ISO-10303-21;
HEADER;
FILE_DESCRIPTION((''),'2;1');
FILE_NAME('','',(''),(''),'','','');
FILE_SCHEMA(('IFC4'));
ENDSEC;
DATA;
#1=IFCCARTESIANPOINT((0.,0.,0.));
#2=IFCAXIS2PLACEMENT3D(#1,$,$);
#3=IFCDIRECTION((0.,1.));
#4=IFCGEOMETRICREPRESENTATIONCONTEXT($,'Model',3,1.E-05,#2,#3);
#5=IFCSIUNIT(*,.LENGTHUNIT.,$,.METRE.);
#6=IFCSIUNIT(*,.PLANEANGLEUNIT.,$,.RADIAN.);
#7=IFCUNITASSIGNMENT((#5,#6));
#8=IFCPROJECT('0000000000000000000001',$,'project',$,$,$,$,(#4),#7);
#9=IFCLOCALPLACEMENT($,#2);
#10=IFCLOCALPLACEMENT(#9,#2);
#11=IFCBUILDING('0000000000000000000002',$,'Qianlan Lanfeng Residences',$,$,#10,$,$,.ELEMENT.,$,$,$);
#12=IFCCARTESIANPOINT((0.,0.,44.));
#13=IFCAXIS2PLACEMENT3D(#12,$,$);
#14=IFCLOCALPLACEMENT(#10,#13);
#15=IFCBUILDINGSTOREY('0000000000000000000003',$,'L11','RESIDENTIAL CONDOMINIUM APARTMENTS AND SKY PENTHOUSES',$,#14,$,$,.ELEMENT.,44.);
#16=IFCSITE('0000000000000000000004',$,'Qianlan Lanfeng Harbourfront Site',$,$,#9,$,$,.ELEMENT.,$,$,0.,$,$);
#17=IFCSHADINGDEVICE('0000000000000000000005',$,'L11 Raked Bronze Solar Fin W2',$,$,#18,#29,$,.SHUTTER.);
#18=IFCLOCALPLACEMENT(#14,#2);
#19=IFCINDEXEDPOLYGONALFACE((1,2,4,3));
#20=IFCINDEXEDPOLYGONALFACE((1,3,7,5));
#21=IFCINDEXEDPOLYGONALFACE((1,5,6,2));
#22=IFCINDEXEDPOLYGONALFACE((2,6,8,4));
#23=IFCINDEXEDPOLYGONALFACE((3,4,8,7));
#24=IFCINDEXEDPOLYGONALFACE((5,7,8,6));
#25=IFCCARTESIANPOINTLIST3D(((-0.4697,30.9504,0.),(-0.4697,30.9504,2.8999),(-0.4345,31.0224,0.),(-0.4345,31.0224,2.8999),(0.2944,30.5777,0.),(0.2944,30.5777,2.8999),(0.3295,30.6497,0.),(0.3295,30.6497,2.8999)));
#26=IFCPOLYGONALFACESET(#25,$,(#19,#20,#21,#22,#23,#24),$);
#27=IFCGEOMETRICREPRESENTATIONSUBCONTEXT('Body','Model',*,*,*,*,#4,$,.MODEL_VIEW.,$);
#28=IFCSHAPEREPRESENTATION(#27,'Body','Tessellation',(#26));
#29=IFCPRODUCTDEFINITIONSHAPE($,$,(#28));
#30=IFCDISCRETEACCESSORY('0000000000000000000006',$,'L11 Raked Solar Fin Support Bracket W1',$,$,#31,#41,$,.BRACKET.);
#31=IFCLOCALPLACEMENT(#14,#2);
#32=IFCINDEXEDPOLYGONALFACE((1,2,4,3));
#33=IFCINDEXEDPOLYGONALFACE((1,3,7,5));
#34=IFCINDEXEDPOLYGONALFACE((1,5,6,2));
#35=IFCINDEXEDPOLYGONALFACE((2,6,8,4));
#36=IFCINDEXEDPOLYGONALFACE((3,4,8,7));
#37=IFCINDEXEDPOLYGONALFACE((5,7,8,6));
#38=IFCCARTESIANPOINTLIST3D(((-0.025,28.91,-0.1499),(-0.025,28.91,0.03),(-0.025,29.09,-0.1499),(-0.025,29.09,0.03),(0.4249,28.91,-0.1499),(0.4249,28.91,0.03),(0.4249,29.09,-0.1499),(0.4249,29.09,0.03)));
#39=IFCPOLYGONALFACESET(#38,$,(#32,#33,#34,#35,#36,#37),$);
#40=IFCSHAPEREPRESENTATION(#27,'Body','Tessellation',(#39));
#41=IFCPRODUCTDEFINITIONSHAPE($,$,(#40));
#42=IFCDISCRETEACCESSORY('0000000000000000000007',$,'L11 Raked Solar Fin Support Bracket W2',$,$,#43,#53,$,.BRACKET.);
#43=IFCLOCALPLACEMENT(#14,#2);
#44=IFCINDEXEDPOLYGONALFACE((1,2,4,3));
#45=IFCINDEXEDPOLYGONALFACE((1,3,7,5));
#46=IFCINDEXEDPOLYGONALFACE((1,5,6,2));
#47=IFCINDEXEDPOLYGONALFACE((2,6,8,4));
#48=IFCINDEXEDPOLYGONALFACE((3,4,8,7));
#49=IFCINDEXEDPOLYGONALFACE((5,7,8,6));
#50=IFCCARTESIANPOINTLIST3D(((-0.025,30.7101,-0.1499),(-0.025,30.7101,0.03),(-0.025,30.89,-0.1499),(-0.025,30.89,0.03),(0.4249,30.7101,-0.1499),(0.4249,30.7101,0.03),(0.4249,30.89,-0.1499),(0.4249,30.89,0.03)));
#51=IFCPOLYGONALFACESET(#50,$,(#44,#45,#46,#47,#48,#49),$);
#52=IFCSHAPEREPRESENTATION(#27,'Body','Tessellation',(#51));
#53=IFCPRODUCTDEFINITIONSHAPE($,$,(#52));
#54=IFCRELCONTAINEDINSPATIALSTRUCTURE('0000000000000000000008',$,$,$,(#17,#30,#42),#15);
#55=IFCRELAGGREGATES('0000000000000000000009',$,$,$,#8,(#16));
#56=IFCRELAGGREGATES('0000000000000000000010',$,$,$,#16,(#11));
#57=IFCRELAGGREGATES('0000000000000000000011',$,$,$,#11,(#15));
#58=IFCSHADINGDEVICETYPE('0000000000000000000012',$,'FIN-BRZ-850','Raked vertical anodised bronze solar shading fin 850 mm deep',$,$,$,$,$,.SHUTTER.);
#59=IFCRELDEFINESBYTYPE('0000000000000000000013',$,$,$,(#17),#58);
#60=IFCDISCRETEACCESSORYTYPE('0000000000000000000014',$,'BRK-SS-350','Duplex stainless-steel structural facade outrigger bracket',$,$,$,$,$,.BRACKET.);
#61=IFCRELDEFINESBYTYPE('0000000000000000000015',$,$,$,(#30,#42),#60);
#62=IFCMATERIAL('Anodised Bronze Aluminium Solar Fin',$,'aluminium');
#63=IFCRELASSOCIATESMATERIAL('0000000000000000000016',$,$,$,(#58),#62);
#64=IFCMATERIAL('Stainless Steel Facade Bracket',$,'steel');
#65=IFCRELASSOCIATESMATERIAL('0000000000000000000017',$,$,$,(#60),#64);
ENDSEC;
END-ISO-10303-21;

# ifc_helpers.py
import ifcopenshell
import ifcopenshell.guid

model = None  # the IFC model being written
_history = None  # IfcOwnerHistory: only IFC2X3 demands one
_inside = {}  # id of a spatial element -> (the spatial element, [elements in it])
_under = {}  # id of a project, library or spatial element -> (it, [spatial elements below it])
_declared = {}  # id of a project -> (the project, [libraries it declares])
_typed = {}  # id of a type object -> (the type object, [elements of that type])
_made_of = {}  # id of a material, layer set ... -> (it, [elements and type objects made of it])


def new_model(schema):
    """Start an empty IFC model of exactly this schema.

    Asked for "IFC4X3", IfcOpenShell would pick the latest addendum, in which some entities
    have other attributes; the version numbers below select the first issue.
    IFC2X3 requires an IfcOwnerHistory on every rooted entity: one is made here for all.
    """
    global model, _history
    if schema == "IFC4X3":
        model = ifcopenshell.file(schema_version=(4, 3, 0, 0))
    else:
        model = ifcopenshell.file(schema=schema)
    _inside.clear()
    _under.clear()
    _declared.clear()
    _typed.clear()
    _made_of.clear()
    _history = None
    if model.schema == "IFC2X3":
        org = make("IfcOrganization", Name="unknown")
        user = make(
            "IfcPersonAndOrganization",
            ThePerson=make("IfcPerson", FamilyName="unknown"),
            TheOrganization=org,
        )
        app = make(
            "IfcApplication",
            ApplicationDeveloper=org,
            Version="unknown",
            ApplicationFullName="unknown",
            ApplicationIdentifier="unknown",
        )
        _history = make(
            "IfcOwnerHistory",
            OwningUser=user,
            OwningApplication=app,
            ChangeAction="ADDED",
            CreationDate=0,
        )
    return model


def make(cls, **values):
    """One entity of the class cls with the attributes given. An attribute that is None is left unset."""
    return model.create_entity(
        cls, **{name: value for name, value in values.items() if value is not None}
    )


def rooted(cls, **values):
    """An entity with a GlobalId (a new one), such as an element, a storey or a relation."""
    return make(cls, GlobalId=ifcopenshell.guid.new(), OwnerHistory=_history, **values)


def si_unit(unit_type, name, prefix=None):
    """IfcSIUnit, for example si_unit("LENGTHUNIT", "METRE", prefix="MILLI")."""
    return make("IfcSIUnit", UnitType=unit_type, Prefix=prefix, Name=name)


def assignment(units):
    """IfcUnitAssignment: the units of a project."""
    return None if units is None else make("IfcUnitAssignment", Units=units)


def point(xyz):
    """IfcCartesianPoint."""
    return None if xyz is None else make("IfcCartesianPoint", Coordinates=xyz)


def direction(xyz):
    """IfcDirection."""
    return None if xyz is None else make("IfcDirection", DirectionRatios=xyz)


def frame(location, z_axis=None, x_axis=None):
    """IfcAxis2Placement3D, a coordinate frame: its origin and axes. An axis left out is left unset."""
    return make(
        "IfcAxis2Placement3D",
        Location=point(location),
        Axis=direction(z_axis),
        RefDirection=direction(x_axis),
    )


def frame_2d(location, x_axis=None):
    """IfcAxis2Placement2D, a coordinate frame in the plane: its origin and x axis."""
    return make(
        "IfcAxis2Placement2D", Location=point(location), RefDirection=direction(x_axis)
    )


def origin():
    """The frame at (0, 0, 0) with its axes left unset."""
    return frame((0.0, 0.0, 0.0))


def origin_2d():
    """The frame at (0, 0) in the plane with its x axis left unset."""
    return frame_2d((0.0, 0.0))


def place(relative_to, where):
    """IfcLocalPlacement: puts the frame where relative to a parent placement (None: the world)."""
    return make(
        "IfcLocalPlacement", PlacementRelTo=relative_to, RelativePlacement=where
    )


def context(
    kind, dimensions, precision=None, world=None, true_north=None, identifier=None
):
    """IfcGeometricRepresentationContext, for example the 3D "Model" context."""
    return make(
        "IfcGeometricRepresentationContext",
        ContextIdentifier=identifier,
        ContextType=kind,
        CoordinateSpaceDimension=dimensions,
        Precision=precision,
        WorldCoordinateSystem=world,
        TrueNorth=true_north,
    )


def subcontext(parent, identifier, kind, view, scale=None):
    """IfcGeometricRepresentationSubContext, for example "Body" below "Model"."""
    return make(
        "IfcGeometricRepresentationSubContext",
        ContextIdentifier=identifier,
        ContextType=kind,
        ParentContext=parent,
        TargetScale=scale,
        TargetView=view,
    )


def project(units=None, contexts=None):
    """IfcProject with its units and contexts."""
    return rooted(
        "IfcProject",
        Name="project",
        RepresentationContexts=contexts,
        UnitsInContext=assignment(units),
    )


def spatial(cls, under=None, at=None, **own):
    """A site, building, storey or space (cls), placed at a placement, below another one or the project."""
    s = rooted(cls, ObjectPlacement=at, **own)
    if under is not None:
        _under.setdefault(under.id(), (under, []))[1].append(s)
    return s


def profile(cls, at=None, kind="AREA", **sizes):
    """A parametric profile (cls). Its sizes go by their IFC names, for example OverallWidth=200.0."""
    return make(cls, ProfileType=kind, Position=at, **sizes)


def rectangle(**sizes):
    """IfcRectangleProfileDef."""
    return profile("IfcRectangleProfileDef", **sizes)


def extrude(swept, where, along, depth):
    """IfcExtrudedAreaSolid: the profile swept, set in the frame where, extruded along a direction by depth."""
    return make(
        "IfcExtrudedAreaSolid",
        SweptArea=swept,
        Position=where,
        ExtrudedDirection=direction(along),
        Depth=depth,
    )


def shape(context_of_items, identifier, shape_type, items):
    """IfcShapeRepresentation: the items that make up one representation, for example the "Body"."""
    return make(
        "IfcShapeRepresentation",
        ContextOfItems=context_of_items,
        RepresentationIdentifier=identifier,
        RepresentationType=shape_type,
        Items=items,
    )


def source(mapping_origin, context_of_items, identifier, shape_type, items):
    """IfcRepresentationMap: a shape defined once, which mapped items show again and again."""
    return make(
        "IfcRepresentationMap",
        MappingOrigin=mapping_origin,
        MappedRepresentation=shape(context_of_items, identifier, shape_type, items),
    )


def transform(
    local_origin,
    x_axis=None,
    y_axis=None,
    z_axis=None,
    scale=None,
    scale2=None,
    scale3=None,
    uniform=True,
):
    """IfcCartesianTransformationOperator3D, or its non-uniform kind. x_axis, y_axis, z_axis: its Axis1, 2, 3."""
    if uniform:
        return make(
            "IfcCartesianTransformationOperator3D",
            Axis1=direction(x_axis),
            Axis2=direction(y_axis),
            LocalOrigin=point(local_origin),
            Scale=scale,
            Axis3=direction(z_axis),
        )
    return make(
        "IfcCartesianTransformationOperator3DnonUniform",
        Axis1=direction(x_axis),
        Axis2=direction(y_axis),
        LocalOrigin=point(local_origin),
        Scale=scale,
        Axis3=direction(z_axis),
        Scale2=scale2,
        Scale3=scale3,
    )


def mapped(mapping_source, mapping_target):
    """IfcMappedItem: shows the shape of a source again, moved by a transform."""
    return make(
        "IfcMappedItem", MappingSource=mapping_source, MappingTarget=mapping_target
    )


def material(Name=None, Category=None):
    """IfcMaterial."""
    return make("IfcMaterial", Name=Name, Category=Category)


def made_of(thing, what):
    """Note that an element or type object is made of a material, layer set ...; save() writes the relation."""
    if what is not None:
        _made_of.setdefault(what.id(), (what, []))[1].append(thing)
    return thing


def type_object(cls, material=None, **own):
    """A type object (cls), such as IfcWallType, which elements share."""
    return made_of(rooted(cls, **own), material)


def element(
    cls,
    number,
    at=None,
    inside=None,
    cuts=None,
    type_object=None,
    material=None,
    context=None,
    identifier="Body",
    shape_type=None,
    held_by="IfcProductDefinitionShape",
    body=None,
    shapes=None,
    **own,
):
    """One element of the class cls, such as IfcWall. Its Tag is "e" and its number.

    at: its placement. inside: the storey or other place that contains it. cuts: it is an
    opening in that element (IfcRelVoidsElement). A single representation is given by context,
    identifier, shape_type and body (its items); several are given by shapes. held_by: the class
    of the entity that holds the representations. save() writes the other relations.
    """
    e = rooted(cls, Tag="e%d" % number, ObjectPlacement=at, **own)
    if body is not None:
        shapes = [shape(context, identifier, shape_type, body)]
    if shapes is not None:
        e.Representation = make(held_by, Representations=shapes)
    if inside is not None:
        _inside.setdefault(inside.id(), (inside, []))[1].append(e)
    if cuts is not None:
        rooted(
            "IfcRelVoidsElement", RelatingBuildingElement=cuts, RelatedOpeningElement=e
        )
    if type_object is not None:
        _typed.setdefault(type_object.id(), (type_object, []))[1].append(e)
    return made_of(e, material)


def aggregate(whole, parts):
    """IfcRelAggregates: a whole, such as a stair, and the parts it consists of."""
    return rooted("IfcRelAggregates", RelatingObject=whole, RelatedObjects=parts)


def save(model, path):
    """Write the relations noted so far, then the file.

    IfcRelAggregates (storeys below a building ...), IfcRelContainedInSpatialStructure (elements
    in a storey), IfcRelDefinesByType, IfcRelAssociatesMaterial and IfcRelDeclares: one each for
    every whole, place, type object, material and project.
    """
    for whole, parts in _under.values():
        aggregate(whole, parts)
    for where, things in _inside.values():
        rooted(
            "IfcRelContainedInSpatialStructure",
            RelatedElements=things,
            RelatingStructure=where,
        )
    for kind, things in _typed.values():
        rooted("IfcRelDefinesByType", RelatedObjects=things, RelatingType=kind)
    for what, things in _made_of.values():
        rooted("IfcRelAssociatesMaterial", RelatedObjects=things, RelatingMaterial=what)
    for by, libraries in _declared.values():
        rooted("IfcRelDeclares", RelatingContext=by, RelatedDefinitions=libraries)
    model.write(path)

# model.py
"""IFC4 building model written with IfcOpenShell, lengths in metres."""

from ifc_helpers import new_model, si_unit, direction, frame, origin, origin_2d, place, context, subcontext, project, spatial, rectangle, extrude, source, transform, mapped, material, type_object, element, save


model = new_model("IFC4")

# Units and contexts
model_context = context("Model", 3, precision=1e-05, world=origin(), true_north=direction((0.0, 1.0)))
body_context = subcontext(model_context, "Body", "Model", "MODEL_VIEW")
ifc_project = project(units=[si_unit("LENGTHUNIT", "METRE"), si_unit("PLANEANGLEUNIT", "RADIAN")], contexts=[model_context])

# Site, building, storey
site_placement = place(None, origin())
site = spatial("IfcSite", under=ifc_project, at=site_placement, Name="Qianlan Lanfeng Harbourfront Site", CompositionType="ELEMENT", RefElevation=0.0)
building_placement = place(site_placement, origin())
building = spatial("IfcBuilding", under=site, at=building_placement, Name="Qianlan Lanfeng Residences", CompositionType="ELEMENT")
storey_placement = place(building_placement, frame((0.0, 0.0, 44.0)))
storey = spatial("IfcBuildingStorey", under=building, at=storey_placement, Name="L11", Description="RESIDENTIAL CONDOMINIUM APARTMENTS AND SKY PENTHOUSES", CompositionType="ELEMENT", Elevation=44.0)

# Shading device
ifc_material_1 = material(Name="Anodised Bronze Aluminium Solar Fin", Category="aluminium")
shading_device_type = type_object("IfcShadingDeviceType", Name="FIN-BRZ-850", Description="Raked vertical anodised bronze solar shading fin 850 mm deep", PredefinedType="SHUTTER", material=ifc_material_1)
shared_shape_1 = source(origin(), body_context, "Body", "SweptSolid", [
    extrude(rectangle(XDim=0.8501, YDim=0.0801, at=origin_2d()), origin(), (0.0, 0.0, 1.0), 2.8999),
])
for number, where, z_axis, x_axis, name in (
    (1, (-0.0701, 30.8, 0.0), (0.0, 0.0, 1.0), (0.898794, -0.438371, 0.0), "L11 Raked Bronze Solar Fin W2"),
):
    element("IfcShadingDevice", number, at=place(storey_placement, frame(where, z_axis=z_axis, x_axis=x_axis)), inside=storey, type_object=shading_device_type, Name=name, PredefinedType="SHUTTER", context=body_context, shape_type="MappedRepresentation", body=[
        mapped(shared_shape_1, transform((0.0, 0.0, 0.0), scale=1.0)),
    ])

# Discrete accessories
ifc_material_2 = material(Name="Stainless Steel Facade Bracket", Category="steel")
discrete_accessory_type = type_object("IfcDiscreteAccessoryType", Name="BRK-SS-350", Description="Duplex stainless-steel structural facade outrigger bracket", PredefinedType="BRACKET", material=ifc_material_2)
shared_shape_2 = source(origin(), body_context, "Body", "SweptSolid", [
    extrude(rectangle(XDim=0.45, YDim=0.1799, at=origin_2d()), origin(), (0.0, 0.0, 1.0), 0.1799),
])
for number, where, z_axis, x_axis, name in (
    (2, (0.2, 29.0, -0.1499), (0.0, 0.0, 1.0), (1.0, 0.0, 0.0), "L11 Raked Solar Fin Support Bracket W1"),
    (3, (0.2, 30.8, -0.1499), (0.0, 0.0, 1.0), (1.0, 0.0, 0.0), "L11 Raked Solar Fin Support Bracket W2"),
):
    element("IfcDiscreteAccessory", number, at=place(storey_placement, frame(where, z_axis=z_axis, x_axis=x_axis)), inside=storey, type_object=discrete_accessory_type, Name=name, PredefinedType="BRACKET", context=body_context, shape_type="MappedRepresentation", body=[
        mapped(shared_shape_2, transform((0.0, 0.0, 0.0), scale=1.0)),
    ])

save(model, "model.ifc")
